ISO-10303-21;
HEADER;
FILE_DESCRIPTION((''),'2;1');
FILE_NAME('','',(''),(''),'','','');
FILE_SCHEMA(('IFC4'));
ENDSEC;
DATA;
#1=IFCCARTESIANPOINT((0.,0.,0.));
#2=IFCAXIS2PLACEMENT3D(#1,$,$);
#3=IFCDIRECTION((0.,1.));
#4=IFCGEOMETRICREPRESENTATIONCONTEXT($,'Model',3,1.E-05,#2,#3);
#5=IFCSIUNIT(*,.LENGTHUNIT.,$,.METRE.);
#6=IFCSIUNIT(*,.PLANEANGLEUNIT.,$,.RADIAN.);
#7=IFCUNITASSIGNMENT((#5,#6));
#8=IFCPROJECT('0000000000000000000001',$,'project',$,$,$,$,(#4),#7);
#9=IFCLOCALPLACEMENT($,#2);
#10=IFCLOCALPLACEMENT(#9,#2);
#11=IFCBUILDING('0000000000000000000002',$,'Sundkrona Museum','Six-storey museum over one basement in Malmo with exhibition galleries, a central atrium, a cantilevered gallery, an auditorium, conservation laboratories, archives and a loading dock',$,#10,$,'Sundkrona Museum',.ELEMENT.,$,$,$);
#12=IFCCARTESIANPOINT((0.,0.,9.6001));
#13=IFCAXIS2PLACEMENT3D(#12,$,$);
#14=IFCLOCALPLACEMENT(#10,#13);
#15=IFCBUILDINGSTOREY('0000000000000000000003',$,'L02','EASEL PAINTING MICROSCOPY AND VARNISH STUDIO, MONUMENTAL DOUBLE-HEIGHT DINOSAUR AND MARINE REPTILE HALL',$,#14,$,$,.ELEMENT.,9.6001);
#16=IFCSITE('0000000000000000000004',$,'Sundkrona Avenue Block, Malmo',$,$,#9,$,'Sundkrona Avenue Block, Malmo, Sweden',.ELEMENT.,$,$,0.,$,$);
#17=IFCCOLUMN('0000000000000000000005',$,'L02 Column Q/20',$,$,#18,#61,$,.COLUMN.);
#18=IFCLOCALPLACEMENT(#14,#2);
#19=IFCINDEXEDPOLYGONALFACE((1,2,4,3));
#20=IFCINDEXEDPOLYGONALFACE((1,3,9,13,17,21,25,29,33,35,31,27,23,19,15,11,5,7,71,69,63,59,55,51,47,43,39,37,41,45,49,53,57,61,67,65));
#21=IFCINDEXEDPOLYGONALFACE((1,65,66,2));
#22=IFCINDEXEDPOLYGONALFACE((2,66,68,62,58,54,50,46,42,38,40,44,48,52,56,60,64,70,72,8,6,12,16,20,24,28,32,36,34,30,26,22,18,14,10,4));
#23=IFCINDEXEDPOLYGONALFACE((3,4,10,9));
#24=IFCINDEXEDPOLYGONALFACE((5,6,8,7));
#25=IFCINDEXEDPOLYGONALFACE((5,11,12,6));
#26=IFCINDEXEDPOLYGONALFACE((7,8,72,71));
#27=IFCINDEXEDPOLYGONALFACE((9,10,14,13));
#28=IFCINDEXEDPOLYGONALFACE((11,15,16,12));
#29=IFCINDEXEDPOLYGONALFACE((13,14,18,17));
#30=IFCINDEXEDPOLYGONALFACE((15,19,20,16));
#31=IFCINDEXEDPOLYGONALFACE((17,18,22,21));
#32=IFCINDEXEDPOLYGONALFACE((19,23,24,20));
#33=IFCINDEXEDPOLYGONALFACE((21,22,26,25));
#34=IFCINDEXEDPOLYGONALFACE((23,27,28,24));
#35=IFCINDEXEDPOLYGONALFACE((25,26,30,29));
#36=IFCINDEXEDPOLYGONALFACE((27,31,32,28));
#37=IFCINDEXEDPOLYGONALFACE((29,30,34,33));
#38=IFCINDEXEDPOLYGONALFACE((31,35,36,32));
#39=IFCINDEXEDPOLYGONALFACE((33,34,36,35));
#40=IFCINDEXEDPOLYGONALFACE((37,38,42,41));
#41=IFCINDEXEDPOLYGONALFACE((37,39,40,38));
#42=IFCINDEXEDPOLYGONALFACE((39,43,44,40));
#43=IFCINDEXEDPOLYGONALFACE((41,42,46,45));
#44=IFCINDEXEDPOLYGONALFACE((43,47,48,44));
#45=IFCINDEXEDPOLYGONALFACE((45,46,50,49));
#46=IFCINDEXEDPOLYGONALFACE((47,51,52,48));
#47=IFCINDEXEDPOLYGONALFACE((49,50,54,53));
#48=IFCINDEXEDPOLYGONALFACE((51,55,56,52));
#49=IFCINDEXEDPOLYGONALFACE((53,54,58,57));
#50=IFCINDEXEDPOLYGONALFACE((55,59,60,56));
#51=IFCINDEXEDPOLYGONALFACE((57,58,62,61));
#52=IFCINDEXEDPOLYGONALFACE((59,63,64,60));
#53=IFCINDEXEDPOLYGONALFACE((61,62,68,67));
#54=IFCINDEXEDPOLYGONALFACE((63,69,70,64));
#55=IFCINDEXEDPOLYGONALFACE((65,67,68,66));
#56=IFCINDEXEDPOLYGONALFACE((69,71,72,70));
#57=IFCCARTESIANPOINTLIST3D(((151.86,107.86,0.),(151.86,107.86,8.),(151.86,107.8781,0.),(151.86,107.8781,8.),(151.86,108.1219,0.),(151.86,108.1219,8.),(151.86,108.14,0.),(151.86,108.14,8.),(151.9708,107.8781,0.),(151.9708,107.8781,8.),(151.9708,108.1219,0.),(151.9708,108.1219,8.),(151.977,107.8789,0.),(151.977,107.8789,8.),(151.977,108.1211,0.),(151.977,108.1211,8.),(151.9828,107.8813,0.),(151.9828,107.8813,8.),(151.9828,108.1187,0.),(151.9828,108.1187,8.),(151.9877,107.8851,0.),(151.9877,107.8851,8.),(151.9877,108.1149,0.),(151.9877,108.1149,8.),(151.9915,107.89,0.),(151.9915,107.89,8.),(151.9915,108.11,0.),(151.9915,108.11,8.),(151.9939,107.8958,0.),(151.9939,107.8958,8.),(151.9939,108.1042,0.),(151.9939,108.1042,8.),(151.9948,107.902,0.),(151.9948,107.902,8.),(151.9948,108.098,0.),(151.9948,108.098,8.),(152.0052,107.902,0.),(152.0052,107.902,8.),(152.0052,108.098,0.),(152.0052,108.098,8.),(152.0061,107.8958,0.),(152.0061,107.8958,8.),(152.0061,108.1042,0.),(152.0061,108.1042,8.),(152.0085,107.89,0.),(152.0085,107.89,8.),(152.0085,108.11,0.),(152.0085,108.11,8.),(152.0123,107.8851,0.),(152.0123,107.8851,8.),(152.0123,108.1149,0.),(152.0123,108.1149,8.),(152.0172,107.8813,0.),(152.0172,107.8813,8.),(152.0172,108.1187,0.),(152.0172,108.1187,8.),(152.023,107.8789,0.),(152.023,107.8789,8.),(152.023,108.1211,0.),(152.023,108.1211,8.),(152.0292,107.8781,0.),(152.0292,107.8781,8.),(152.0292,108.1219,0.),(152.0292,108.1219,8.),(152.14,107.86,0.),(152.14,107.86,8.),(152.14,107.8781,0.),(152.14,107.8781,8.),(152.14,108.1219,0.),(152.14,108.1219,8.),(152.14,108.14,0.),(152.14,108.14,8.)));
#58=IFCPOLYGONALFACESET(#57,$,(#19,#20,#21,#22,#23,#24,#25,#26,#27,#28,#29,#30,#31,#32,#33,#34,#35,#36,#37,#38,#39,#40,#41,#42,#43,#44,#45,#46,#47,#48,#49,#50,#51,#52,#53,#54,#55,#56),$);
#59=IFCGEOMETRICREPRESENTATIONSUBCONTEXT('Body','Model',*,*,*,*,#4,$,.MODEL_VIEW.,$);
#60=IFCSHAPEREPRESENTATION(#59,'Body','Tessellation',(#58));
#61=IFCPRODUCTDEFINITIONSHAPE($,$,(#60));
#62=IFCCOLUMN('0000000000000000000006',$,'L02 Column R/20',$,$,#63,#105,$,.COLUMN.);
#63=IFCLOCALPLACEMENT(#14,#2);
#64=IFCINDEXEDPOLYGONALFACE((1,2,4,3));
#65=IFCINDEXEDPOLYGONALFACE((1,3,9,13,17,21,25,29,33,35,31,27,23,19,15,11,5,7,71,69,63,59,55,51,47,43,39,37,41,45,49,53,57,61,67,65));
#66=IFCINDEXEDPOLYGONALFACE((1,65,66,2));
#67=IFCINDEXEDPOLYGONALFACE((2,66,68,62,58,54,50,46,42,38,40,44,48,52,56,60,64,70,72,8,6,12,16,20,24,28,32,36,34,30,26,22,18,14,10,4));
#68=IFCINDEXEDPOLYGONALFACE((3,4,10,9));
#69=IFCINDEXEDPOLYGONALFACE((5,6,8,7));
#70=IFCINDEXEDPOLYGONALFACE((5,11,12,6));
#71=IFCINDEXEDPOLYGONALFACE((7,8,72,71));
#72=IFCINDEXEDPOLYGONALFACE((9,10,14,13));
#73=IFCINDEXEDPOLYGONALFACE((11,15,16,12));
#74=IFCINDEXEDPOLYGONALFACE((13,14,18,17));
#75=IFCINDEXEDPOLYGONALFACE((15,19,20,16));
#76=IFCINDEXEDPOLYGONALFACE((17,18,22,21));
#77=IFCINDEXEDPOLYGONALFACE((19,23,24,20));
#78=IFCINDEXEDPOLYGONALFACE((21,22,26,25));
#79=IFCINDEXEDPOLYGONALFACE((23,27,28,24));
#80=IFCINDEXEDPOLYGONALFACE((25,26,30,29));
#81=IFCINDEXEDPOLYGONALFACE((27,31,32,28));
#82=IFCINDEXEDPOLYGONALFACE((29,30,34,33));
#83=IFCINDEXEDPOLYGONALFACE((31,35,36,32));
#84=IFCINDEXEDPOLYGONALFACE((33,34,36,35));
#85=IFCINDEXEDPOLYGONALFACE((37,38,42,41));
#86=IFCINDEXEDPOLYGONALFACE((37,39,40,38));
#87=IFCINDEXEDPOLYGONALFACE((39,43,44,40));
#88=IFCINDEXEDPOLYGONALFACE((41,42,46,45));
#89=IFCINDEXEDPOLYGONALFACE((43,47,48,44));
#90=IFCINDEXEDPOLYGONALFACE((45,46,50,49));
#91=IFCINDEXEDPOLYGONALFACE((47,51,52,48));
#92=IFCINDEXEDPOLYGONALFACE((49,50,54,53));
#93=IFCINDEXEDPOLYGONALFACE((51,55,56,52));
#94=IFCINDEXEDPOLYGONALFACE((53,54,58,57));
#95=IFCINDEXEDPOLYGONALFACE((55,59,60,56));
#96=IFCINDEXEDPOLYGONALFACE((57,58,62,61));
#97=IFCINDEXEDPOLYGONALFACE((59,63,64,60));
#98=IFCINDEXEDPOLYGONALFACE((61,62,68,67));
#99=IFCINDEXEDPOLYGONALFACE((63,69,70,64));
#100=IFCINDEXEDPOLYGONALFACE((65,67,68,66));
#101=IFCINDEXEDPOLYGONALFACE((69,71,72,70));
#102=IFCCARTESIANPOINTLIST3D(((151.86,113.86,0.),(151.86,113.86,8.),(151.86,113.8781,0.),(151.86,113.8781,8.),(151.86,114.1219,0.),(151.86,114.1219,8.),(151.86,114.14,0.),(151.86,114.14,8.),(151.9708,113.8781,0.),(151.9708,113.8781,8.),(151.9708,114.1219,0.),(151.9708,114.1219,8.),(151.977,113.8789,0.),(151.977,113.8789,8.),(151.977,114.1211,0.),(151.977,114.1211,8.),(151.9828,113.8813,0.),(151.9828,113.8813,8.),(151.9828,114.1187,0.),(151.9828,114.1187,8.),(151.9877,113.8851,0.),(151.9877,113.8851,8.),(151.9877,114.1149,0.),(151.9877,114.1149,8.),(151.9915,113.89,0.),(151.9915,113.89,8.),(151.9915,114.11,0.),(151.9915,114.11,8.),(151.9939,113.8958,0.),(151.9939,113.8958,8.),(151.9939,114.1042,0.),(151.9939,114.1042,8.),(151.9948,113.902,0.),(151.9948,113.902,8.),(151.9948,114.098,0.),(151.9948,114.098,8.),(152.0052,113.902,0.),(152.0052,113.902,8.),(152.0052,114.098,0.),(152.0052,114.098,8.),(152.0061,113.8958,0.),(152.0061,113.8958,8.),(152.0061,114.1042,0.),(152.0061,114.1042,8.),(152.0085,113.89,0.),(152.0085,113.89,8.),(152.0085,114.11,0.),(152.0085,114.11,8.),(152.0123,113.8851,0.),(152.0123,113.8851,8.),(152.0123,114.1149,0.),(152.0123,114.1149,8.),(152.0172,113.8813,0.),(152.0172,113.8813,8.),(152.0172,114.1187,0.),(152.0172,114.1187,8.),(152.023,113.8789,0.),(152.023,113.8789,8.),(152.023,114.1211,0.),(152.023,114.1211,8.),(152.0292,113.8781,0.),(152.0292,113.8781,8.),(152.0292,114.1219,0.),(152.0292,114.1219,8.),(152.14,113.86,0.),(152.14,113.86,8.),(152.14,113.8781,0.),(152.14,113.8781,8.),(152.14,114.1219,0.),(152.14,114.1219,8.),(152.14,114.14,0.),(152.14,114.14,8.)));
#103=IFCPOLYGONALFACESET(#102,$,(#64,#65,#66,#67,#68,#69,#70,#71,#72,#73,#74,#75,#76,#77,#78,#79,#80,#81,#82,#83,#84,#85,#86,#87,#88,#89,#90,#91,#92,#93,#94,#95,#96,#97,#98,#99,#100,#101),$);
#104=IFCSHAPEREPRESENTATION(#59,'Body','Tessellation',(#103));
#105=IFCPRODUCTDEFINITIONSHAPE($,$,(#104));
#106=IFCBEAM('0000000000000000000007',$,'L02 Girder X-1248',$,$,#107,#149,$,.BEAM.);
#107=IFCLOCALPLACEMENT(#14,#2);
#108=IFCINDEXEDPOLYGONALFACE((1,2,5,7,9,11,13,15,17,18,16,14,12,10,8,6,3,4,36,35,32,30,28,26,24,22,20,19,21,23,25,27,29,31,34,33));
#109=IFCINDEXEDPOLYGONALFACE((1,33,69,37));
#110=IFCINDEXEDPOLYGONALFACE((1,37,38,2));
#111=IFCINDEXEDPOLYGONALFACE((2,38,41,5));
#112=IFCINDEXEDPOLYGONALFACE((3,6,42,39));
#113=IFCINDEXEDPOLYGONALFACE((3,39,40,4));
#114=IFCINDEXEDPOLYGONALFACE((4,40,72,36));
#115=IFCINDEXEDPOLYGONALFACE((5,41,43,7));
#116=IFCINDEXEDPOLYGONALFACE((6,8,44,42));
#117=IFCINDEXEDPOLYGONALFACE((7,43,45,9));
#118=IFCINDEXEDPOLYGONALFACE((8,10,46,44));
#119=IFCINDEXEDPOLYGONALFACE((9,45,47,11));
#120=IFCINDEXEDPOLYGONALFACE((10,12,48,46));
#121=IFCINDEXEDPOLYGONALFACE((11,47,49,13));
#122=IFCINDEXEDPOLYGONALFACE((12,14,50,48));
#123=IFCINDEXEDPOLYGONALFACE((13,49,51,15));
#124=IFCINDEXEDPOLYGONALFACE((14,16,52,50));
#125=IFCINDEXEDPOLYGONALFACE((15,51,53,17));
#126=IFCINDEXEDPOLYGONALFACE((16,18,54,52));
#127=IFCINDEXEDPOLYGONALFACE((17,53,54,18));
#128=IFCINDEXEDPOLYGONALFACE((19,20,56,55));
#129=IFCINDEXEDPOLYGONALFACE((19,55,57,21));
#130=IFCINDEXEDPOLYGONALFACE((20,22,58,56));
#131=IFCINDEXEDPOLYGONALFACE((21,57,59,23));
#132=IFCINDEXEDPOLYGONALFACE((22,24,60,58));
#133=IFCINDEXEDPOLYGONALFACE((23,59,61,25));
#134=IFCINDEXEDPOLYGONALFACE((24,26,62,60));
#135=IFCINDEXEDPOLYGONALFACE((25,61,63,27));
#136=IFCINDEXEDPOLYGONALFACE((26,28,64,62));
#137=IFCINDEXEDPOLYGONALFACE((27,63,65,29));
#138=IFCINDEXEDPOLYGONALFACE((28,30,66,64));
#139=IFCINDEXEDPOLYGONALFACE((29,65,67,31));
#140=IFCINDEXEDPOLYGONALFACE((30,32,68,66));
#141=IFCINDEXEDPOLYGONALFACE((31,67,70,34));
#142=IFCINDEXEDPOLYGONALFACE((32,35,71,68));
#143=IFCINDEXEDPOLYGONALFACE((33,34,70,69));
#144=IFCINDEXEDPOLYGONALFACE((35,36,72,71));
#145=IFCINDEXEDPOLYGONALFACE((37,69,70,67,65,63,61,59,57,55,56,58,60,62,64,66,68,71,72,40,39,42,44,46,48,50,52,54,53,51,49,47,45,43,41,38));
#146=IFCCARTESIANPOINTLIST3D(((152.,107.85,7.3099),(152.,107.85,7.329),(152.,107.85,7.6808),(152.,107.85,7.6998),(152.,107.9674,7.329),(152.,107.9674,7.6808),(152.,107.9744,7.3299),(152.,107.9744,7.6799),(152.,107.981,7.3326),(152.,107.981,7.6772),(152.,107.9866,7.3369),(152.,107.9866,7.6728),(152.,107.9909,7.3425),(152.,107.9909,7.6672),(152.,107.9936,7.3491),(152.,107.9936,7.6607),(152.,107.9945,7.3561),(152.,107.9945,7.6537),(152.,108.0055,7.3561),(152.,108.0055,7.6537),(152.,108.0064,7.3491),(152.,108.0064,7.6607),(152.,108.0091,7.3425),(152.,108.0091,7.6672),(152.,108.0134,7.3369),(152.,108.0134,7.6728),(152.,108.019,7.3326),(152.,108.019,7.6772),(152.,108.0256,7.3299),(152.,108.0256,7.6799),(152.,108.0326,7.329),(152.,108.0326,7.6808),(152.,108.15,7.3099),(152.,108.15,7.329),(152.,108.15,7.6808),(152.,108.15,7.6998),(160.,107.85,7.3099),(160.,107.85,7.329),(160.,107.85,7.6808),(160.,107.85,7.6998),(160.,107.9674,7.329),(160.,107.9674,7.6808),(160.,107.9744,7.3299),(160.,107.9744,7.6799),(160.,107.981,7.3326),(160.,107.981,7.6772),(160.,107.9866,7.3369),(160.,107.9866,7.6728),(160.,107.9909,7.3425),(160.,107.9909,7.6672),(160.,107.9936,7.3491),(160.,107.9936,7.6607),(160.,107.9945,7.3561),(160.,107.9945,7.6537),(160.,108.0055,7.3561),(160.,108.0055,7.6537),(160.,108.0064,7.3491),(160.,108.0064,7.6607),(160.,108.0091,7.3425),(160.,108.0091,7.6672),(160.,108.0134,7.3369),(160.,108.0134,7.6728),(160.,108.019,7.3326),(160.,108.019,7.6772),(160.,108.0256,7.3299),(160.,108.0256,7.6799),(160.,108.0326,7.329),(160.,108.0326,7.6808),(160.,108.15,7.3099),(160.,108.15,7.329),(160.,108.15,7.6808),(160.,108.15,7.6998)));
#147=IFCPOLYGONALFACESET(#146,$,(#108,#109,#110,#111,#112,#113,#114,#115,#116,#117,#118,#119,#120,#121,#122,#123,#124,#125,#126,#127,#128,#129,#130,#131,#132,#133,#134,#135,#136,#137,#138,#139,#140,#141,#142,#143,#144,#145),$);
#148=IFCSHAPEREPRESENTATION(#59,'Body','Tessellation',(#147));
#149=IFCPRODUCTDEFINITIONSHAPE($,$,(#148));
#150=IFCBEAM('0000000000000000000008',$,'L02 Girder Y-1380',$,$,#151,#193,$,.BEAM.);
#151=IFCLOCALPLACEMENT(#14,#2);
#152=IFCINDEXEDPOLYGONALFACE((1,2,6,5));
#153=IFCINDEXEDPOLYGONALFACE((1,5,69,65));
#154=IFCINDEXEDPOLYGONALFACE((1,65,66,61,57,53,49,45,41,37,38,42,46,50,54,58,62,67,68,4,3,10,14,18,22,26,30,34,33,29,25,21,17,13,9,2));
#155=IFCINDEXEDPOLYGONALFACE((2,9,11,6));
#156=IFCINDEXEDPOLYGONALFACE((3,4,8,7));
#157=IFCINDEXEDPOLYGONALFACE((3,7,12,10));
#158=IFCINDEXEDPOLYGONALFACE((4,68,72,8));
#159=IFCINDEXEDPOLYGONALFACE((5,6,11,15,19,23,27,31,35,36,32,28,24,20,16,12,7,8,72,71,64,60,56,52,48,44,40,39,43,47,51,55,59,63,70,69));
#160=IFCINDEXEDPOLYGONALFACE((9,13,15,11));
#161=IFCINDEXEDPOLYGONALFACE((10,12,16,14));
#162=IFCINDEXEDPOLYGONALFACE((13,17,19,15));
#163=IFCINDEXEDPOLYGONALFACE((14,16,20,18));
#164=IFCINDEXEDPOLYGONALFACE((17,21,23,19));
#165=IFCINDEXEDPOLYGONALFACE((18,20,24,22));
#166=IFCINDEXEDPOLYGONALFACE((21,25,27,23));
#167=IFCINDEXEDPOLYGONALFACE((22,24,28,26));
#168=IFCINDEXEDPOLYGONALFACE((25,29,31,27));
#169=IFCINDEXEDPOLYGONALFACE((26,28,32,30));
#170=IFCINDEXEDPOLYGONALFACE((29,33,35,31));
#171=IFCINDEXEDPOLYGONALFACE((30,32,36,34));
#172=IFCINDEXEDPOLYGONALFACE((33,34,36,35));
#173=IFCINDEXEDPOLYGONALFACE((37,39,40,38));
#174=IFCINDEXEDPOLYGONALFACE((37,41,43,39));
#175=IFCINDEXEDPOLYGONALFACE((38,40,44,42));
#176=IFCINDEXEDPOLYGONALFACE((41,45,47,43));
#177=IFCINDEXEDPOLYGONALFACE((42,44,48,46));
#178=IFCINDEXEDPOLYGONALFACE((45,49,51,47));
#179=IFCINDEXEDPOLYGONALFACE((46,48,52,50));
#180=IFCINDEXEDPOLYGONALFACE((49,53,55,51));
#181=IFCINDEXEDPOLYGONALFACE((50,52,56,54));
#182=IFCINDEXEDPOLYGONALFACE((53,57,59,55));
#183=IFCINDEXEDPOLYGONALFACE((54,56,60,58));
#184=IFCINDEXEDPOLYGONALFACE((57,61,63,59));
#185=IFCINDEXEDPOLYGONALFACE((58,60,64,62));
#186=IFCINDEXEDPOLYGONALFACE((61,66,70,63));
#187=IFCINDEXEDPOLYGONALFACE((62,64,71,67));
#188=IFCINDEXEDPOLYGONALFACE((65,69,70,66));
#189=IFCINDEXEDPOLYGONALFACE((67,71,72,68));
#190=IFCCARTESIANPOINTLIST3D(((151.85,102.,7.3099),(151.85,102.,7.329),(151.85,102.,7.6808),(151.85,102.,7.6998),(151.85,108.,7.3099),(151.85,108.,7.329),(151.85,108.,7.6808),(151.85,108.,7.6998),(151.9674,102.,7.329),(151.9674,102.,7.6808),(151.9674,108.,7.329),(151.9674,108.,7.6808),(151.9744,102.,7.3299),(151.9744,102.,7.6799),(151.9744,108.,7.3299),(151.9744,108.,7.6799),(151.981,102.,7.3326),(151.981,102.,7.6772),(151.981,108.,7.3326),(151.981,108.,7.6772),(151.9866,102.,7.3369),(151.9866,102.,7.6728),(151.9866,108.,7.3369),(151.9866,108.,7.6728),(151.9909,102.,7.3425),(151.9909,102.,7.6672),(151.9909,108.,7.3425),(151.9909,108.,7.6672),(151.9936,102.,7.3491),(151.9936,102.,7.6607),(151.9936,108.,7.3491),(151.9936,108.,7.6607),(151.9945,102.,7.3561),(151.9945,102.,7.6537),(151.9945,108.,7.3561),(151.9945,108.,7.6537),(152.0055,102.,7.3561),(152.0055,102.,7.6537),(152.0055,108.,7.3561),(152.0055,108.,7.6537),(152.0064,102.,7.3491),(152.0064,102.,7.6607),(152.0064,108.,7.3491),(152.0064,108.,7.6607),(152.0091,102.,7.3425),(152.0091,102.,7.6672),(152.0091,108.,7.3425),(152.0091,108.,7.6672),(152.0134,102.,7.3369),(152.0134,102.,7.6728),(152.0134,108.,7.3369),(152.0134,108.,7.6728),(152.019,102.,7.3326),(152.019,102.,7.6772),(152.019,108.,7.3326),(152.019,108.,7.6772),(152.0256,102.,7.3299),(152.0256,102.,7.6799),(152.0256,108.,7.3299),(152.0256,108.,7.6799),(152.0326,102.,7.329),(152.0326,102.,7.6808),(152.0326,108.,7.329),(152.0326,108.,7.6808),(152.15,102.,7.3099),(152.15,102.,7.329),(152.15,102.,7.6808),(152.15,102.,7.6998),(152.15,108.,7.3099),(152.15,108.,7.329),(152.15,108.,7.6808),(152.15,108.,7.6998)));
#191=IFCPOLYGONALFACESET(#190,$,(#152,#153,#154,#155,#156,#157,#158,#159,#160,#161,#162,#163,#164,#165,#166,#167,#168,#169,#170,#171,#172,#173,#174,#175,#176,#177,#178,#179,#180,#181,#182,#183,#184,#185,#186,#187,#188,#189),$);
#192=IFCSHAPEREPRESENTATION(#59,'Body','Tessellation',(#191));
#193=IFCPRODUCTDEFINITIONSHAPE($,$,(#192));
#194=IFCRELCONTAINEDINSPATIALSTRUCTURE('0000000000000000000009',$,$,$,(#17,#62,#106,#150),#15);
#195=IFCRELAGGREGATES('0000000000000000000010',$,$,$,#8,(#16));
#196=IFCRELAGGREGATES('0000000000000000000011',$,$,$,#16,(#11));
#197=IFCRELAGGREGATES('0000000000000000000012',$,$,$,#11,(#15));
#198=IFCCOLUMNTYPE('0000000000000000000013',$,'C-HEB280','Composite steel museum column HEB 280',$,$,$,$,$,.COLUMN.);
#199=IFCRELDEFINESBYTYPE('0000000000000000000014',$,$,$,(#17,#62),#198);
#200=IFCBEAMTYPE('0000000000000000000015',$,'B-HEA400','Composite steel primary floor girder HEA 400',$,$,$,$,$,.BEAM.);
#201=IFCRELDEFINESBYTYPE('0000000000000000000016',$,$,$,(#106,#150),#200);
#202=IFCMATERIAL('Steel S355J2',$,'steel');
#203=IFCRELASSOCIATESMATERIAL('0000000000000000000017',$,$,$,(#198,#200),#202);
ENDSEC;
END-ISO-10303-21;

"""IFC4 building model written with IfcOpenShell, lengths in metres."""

from ifc_helpers import new_model, si_unit, direction, frame, origin, origin_2d, place, context, subcontext, project, spatial, i_section, extrude, material, material_profile, profile_set, type_object, element, save


model = new_model("IFC4")

# Units and contexts
model_context = context("Model", 3, precision=1e-05, world=origin(), true_north=direction((0.0, 1.0)))
body_context = subcontext(model_context, "Body", "Model", "MODEL_VIEW")
ifc_project = project(units=[si_unit("LENGTHUNIT", "METRE"), si_unit("PLANEANGLEUNIT", "RADIAN")], contexts=[model_context])

# Site, building, storey
site_placement = place(None, origin())
site = spatial("IfcSite", under=ifc_project, at=site_placement, Name="Sundkrona Avenue Block, Malmo", LongName="Sundkrona Avenue Block, Malmo, Sweden", CompositionType="ELEMENT", RefElevation=0.0)
building_placement = place(site_placement, origin())
building = spatial("IfcBuilding", under=site, at=building_placement, Name="Sundkrona Museum", Description="Six-storey museum over one basement in Malmo with exhibition galleries, a central atrium, a cantilevered gallery, an auditorium, conservation laboratories, archives and a loading dock", LongName="Sundkrona Museum", CompositionType="ELEMENT")
storey_placement = place(building_placement, frame((0.0, 0.0, 9.6001)))
storey = spatial("IfcBuildingStorey", under=building, at=storey_placement, Name="L02", Description="EASEL PAINTING MICROSCOPY AND VARNISH STUDIO, MONUMENTAL DOUBLE-HEIGHT DINOSAUR AND MARINE REPTILE HALL", CompositionType="ELEMENT", Elevation=9.6001)

# Columns
ifc_material_1 = material(Name="Steel S355J2", Category="steel")
ifc_material_profile_1 = material_profile(ifc_material_1, i_section(OverallWidth=0.28, OverallDepth=0.28, WebThickness=0.0105, FlangeThickness=0.0181, FilletRadius=0.0239, at=origin_2d()), Name="HEB 280")
ifc_profile_set_1 = profile_set([ifc_material_profile_1], Name="Steel S355J2")
column_type = type_object("IfcColumnType", Name="C-HEB280", Description="Composite steel museum column HEB 280", PredefinedType="COLUMN", material=ifc_profile_set_1)
for number, where, z_axis, x_axis, name in (
    (1, (152.0, 108.0, 0.0), (0.0, 0.0, 1.0), (1.0, 0.0, 0.0), "L02 Column Q/20"),
    (2, (152.0, 114.0, 0.0), (0.0, 0.0, 1.0), (1.0, 0.0, 0.0), "L02 Column R/20"),
):
    element("IfcColumn", number, at=place(storey_placement, frame(where, z_axis=z_axis, x_axis=x_axis)), inside=storey, type_object=column_type, Name=name, PredefinedType="COLUMN", context=body_context, shape_type="SweptSolid", body=[
        extrude(i_section(OverallWidth=0.28, OverallDepth=0.28, WebThickness=0.0105, FlangeThickness=0.0181, FilletRadius=0.0239, at=origin_2d()), origin(), (0.0, 0.0, 1.0), 8.0),
    ])

# Beams
ifc_material_profile_2 = material_profile(ifc_material_1, i_section(OverallWidth=0.3, OverallDepth=0.3899, WebThickness=0.011, FlangeThickness=0.019, FilletRadius=0.0271, at=origin_2d()), Name="HEA 400")
ifc_profile_set_2 = profile_set([ifc_material_profile_2], Name="Steel S355J2")
beam_type_1 = type_object("IfcBeamType", Name="B-HEA400", Description="Composite steel primary floor girder HEA 400", PredefinedType="BEAM", material=ifc_profile_set_2)
beam_1_placement = place(storey_placement, frame((152.0, 108.0, 7.5049), z_axis=(1.0, 0.0, 0.0), x_axis=(0.0, 1.0, 0.0)))
element("IfcBeam", 3, at=beam_1_placement, inside=storey, type_object=beam_type_1, Name="L02 Girder X-1248", PredefinedType="BEAM", context=body_context, shape_type="SweptSolid", body=[
    extrude(i_section(OverallWidth=0.3, OverallDepth=0.3899, WebThickness=0.011, FlangeThickness=0.019, FilletRadius=0.0271, at=origin_2d()), origin(), (0.0, 0.0, 1.0), 8.0),
])
for number, where, z_axis, x_axis, name in (
    (4, (152.0, 102.0, 7.5049), (0.0, 1.0, 0.0), (-1.0, 0.0, 0.0), "L02 Girder Y-1380"),
):
    element("IfcBeam", number, at=place(storey_placement, frame(where, z_axis=z_axis, x_axis=x_axis)), inside=storey, type_object=beam_type_1, Name=name, PredefinedType="BEAM", context=body_context, shape_type="SweptSolid", body=[
        extrude(i_section(OverallWidth=0.3, OverallDepth=0.3899, WebThickness=0.011, FlangeThickness=0.019, FilletRadius=0.0271, at=origin_2d()), origin(), (0.0, 0.0, 1.0), 6.0),
    ])

save(model, "model.ifc")
